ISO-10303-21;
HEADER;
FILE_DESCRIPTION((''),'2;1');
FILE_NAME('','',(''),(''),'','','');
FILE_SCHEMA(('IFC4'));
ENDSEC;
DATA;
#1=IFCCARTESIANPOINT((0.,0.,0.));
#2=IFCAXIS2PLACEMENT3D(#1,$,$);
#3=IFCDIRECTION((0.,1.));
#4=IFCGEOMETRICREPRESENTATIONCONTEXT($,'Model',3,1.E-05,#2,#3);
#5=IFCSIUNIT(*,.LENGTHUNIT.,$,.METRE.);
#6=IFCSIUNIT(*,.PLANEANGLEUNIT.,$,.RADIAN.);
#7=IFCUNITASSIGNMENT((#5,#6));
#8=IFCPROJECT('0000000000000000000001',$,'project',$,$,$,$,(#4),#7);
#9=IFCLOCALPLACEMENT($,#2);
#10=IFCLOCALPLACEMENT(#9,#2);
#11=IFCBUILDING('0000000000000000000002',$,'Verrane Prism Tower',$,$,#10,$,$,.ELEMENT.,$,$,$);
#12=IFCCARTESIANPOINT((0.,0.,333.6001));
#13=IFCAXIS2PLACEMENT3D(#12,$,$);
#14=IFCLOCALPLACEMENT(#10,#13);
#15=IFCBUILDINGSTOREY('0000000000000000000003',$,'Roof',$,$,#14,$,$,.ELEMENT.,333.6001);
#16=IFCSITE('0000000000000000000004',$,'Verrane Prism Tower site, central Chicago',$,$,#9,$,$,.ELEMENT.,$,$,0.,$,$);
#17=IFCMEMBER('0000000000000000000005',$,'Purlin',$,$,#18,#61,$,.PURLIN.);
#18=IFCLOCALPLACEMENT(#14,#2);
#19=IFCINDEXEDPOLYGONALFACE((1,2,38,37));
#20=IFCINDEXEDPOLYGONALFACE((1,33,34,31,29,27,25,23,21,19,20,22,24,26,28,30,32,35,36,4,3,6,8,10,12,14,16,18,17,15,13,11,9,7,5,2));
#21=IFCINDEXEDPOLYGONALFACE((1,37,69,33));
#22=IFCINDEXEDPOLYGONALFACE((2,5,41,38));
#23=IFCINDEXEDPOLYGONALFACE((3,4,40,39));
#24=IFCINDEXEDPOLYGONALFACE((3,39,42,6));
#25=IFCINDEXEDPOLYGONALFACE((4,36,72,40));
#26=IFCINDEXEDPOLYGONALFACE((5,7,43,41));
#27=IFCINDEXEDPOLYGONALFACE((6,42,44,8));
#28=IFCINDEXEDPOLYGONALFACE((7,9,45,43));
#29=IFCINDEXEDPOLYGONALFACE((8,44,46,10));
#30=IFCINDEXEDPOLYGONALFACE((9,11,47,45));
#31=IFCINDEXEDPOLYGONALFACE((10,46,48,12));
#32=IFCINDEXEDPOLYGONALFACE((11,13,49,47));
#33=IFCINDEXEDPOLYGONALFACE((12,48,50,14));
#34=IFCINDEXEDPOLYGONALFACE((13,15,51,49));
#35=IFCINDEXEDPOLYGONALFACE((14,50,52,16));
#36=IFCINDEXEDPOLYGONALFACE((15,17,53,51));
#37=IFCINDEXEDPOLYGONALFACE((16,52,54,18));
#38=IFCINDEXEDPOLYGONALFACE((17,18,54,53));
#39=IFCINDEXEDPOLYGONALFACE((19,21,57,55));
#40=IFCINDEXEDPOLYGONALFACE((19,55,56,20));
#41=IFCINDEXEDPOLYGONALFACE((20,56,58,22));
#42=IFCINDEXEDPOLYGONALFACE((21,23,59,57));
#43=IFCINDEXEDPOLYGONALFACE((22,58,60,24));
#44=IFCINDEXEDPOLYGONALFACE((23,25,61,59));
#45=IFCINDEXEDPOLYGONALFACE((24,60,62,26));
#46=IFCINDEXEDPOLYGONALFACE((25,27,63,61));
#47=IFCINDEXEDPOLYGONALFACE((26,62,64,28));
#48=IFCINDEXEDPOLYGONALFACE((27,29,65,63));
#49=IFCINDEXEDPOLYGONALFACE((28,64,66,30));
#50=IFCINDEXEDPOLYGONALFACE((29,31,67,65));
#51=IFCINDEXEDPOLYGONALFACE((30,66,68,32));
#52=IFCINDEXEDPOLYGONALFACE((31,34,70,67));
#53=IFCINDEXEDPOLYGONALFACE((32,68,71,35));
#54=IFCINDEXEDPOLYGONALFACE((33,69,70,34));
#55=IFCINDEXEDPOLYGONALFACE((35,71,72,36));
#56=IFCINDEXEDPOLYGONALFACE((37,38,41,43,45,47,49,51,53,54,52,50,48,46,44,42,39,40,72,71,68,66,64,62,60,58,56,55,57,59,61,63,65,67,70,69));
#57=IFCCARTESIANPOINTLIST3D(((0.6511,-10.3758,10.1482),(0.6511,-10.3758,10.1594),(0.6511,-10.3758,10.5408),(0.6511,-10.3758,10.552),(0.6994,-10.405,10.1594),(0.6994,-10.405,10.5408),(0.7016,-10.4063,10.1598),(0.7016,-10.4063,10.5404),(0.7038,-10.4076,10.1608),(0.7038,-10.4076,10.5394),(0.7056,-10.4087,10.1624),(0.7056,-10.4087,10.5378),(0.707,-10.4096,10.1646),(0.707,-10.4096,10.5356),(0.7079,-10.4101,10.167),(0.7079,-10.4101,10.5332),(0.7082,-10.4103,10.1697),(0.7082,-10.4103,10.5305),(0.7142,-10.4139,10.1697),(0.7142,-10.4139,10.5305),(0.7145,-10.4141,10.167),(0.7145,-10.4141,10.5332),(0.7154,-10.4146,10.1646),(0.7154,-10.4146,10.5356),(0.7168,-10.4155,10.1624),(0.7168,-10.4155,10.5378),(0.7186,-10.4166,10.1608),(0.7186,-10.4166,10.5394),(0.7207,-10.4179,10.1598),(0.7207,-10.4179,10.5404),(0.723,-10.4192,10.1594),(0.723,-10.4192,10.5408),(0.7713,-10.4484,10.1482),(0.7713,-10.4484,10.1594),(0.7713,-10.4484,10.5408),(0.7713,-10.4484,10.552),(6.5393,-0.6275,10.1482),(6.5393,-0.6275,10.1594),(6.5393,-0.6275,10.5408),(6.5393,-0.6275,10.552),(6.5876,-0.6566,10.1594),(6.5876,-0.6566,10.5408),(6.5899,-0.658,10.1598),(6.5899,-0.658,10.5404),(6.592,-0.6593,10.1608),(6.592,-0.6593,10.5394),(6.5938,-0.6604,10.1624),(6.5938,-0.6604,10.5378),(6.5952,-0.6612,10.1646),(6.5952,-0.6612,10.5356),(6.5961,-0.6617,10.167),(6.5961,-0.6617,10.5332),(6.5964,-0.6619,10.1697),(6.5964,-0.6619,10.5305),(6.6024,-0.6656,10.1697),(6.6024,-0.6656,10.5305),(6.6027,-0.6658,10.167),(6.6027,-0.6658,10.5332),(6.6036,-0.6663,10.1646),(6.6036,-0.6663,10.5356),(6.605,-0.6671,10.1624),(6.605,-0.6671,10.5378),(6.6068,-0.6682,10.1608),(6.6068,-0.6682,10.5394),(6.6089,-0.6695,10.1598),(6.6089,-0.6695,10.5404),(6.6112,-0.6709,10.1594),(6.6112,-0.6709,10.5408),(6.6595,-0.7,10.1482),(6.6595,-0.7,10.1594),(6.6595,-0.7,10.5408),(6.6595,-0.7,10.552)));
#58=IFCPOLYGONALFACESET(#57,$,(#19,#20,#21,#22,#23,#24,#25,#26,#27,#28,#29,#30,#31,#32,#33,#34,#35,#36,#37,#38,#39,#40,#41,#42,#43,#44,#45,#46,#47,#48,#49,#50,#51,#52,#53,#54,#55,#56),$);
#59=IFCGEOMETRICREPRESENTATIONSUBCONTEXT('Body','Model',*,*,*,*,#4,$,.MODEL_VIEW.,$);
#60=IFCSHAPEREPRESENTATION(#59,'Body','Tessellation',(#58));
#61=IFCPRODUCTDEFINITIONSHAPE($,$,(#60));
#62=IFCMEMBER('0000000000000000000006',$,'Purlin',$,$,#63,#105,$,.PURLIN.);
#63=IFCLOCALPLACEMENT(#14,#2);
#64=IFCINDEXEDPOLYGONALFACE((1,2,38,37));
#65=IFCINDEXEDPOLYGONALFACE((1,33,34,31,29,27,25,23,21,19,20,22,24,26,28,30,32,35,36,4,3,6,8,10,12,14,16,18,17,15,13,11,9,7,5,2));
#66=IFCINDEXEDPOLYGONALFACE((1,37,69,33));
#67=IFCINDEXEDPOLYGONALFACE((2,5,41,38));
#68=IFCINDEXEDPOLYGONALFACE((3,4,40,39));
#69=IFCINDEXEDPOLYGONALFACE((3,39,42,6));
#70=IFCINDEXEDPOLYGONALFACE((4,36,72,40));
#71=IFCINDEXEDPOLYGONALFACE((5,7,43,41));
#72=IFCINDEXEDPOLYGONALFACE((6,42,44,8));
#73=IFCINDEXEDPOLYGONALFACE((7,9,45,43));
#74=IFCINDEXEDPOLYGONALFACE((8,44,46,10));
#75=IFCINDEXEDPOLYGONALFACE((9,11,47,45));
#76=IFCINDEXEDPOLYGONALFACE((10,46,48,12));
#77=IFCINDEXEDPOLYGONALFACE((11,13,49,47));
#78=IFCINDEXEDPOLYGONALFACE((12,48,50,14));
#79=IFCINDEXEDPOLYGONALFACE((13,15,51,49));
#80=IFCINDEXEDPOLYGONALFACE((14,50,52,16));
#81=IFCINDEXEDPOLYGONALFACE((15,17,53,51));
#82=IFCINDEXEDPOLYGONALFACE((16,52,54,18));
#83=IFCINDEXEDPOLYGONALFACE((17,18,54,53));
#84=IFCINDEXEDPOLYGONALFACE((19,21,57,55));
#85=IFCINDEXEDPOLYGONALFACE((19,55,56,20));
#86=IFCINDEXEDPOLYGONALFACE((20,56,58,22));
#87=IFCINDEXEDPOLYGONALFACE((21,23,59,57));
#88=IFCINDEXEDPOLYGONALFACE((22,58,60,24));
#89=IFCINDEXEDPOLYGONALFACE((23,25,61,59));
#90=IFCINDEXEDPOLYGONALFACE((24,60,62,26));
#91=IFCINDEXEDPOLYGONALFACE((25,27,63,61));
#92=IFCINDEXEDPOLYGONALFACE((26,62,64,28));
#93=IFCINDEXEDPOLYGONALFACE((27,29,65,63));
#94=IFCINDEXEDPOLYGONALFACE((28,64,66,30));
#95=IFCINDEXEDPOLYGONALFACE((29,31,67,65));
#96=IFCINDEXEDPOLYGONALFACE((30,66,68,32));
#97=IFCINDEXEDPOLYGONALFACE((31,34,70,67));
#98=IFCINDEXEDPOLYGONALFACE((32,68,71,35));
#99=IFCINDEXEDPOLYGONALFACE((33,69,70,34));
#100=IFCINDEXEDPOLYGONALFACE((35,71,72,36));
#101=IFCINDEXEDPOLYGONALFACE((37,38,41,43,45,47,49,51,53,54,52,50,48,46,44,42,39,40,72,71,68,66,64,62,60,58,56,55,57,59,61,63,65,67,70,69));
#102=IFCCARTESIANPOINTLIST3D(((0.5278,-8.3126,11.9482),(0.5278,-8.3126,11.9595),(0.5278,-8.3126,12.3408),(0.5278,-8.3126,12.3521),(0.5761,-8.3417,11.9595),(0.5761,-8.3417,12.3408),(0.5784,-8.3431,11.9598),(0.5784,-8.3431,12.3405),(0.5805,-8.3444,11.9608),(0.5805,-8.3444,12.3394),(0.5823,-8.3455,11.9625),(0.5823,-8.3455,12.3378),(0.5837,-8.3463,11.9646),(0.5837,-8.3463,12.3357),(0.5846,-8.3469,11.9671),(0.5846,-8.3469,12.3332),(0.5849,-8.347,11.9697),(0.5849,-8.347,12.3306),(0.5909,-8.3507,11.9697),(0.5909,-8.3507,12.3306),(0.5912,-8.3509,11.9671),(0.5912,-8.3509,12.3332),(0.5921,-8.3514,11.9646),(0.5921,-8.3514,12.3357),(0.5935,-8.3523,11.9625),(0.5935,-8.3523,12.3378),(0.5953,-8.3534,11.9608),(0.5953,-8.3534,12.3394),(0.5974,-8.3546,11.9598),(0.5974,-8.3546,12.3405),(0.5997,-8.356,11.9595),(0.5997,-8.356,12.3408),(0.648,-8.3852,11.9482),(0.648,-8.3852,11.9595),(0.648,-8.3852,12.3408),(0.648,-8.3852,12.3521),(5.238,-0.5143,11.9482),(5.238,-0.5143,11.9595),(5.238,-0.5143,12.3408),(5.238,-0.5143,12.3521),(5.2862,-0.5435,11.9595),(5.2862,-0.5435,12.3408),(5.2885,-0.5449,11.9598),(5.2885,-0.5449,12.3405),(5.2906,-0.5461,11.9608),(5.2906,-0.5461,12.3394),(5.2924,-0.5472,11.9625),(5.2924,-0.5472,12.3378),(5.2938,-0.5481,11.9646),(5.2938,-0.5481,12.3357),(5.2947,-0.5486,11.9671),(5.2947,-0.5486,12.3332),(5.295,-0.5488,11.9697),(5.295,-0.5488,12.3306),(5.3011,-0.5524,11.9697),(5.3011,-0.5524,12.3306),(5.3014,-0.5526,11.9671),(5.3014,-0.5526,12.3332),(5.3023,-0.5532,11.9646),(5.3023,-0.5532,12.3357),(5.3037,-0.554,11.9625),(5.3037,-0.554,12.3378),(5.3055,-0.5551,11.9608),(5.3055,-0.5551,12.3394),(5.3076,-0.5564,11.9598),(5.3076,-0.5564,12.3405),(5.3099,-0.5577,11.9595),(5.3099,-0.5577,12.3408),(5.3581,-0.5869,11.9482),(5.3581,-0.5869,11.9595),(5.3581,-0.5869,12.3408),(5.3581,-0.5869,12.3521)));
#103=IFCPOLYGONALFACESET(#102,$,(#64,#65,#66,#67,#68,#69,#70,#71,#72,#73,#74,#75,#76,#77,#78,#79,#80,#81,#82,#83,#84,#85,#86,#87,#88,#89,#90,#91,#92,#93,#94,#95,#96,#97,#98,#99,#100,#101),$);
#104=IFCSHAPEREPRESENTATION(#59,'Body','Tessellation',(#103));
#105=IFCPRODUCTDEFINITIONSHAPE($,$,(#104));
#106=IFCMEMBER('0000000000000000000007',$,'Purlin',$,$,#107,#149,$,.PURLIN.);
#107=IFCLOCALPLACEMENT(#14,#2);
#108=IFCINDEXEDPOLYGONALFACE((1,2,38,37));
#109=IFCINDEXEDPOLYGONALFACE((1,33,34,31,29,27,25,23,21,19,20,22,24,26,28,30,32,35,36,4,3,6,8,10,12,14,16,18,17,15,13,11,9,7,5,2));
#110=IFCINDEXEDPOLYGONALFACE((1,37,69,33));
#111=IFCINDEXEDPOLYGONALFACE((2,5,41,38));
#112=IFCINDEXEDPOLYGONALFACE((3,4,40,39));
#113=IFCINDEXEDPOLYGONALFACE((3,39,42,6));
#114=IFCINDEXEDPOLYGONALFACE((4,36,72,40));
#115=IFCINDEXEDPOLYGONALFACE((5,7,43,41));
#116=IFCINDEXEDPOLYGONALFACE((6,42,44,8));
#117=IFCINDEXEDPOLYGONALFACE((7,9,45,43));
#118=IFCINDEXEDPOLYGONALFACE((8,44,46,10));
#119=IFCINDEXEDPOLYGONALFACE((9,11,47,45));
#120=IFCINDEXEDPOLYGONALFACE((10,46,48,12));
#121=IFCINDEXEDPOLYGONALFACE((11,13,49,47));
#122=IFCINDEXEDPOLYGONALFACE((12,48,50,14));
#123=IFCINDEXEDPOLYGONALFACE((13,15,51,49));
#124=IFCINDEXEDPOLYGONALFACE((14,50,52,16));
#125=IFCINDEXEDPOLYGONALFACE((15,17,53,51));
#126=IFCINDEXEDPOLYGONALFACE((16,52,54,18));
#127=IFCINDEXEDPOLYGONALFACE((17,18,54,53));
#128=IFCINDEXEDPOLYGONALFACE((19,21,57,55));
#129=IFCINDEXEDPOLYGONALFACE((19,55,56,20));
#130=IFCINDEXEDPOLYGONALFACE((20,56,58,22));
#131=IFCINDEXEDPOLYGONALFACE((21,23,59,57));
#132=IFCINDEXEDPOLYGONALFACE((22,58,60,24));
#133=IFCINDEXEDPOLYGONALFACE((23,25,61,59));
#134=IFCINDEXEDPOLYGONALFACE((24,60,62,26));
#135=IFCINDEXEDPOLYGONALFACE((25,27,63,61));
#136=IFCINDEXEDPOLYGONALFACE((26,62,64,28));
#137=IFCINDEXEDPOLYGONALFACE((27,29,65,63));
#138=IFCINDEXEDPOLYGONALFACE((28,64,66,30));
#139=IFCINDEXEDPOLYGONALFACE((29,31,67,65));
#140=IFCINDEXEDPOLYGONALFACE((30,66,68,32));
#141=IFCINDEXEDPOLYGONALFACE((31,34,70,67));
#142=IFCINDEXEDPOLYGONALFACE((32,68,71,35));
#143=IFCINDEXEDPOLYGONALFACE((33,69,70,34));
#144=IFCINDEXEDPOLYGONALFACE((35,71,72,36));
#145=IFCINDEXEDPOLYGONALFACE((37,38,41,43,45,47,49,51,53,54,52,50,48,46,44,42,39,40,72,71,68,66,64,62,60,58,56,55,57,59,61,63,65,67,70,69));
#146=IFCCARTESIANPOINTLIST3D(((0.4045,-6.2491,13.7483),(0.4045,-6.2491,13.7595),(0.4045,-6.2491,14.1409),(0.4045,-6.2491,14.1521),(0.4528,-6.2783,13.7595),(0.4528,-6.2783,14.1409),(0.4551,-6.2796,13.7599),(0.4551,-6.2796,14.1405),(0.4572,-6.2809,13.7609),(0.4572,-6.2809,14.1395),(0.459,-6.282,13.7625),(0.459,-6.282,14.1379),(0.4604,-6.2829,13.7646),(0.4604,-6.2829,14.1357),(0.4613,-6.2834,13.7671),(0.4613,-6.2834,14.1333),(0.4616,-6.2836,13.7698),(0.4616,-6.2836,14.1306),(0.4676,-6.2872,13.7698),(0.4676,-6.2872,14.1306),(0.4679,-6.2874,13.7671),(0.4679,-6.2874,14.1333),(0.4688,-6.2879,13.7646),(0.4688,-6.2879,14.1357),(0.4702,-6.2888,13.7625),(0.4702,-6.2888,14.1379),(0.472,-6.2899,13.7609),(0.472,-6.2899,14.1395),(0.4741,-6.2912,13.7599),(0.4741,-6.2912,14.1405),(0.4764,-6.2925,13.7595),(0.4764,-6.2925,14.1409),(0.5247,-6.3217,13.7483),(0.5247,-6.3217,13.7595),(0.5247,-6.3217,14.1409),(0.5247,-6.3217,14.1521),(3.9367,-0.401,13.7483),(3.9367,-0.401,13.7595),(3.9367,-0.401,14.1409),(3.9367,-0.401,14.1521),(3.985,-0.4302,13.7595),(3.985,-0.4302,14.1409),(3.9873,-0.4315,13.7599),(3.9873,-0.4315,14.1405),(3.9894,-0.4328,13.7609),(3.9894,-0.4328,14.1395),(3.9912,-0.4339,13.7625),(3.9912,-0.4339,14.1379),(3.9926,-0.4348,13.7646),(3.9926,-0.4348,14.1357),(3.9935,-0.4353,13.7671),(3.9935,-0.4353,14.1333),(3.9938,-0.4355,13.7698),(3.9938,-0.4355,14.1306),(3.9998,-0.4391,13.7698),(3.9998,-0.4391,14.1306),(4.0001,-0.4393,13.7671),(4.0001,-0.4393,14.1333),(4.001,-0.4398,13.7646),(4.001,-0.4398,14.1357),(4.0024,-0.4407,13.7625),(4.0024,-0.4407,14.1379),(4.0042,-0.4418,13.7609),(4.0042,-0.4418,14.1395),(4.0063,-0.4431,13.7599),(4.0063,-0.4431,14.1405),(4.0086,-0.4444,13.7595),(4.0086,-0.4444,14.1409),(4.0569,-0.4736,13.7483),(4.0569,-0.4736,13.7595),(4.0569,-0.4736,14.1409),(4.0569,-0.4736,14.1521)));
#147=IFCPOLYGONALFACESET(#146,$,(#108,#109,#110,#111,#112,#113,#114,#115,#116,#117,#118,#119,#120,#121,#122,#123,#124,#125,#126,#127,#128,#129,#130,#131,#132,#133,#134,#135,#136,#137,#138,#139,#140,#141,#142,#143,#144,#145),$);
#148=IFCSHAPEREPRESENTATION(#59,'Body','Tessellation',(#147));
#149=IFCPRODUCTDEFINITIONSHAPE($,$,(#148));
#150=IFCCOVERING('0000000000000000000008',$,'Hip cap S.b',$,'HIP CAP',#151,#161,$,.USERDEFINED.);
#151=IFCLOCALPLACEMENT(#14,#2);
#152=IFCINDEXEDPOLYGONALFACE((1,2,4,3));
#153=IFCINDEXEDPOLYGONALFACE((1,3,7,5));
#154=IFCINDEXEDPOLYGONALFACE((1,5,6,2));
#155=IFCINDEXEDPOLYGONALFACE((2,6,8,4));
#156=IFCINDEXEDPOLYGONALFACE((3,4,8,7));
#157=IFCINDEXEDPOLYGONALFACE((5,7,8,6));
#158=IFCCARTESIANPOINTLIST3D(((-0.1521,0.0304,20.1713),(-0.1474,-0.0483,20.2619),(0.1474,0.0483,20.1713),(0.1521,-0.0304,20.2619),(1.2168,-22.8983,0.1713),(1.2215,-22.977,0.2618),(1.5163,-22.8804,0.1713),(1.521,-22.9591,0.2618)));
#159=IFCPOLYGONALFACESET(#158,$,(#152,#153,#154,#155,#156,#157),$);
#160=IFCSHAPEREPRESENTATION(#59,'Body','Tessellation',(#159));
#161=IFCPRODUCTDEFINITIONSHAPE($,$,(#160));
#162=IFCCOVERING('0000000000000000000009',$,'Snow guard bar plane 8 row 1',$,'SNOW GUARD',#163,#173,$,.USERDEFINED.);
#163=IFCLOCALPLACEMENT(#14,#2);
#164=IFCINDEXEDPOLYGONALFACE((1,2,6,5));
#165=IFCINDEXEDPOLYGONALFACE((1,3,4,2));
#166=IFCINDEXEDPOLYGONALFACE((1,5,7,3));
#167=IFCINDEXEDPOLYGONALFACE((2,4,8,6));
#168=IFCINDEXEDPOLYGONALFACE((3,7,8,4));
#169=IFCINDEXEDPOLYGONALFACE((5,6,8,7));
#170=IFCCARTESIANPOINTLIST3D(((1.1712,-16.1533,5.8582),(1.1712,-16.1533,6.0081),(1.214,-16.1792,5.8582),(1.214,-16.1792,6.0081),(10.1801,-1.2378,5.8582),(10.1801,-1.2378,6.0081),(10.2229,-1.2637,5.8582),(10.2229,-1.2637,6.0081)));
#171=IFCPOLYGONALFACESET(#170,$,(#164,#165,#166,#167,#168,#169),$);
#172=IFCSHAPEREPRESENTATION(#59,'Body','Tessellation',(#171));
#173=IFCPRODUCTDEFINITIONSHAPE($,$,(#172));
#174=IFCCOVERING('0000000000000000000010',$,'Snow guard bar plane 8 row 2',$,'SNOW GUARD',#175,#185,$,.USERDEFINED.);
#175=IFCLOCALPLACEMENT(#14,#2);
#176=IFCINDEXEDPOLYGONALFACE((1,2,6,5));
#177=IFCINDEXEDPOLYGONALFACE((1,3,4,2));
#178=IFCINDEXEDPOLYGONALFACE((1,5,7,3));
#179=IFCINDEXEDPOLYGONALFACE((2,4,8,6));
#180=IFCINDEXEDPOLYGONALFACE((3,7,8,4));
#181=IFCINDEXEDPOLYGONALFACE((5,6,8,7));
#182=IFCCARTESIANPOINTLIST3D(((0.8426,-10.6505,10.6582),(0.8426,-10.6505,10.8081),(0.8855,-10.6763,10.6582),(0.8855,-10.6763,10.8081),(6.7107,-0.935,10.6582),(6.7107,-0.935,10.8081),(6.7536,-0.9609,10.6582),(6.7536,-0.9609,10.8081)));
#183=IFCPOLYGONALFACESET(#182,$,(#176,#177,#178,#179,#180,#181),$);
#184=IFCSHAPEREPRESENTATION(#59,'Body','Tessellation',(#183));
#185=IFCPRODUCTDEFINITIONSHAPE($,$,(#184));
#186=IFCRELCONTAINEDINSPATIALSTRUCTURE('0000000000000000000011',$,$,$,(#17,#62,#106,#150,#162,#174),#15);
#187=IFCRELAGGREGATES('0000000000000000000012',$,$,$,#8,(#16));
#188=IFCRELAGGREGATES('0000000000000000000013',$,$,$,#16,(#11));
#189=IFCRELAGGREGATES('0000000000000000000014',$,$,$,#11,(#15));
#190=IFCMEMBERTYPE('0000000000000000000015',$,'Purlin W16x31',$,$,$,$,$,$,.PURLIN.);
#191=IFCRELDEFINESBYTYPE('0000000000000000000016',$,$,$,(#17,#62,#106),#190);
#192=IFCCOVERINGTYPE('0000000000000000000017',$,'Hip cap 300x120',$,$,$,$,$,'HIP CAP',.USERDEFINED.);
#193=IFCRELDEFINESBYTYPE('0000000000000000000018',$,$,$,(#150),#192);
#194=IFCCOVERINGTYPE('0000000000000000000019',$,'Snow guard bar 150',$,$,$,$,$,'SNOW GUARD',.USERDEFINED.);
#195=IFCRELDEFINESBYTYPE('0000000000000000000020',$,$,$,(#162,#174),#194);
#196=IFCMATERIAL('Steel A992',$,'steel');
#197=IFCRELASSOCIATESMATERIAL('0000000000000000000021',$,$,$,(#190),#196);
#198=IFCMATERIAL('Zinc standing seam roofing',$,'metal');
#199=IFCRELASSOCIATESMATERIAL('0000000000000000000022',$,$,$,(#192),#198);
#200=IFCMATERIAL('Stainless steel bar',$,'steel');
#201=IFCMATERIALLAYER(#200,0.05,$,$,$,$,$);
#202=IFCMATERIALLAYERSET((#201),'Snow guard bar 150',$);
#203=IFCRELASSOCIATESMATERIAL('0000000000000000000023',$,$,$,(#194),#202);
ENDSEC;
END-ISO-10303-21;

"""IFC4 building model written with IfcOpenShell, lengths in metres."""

from ifc_helpers import new_model, si_unit, direction, frame, origin, origin_2d, place, context, subcontext, project, spatial, rectangle, i_section, extrude, material, layer, layer_set, material_profile, profile_set, type_object, element, save


model = new_model("IFC4")

# Units and contexts
model_context = context("Model", 3, precision=1e-05, world=origin(), true_north=direction((0.0, 1.0)))
body_context = subcontext(model_context, "Body", "Model", "MODEL_VIEW")
ifc_project = project(units=[si_unit("LENGTHUNIT", "METRE"), si_unit("PLANEANGLEUNIT", "RADIAN")], contexts=[model_context])

# Site, building, storey
site_placement = place(None, origin())
site = spatial("IfcSite", under=ifc_project, at=site_placement, Name="Verrane Prism Tower site, central Chicago", CompositionType="ELEMENT", RefElevation=0.0)
building_placement = place(site_placement, origin())
building = spatial("IfcBuilding", under=site, at=building_placement, Name="Verrane Prism Tower", CompositionType="ELEMENT")
storey_placement = place(building_placement, frame((0.0, 0.0, 333.6001)))
storey = spatial("IfcBuildingStorey", under=building, at=storey_placement, Name="Roof", CompositionType="ELEMENT", Elevation=333.6001)

# Members
ifc_material_1 = material(Name="Steel A992", Category="steel")
ifc_material_profile_1 = material_profile(ifc_material_1, i_section(OverallWidth=0.1404, OverallDepth=0.4038, WebThickness=0.0071, FlangeThickness=0.0112, FilletRadius=0.0103, at=origin_2d()), Name="W16x31")
ifc_profile_set_1 = profile_set([ifc_material_profile_1], Name="Steel A992")
member_type_1 = type_object("IfcMemberType", Name="Purlin W16x31", PredefinedType="PURLIN", material=ifc_profile_set_1)
member_1_placement = place(storey_placement, frame((0.7112, -10.4121, 10.3501), z_axis=(0.517025, 0.85597, 0.0), x_axis=(-0.85597, 0.517025, 0.0)))
element("IfcMember", 1, at=member_1_placement, inside=storey, type_object=member_type_1, Name="Purlin", PredefinedType="PURLIN", context=body_context, shape_type="SweptSolid", body=[
    extrude(i_section(OverallWidth=0.1404, OverallDepth=0.4038, WebThickness=0.0071, FlangeThickness=0.0112, FilletRadius=0.0103, at=origin_2d()), origin(), (0.0, 0.0, 1.0), 11.3887),
])
member_2_placement = place(storey_placement, frame((0.5879, -8.3489, 12.1501), z_axis=(0.517012, 0.855978, 0.0), x_axis=(-0.855978, 0.517012, 0.0)))
element("IfcMember", 2, at=member_2_placement, inside=storey, type_object=member_type_1, Name="Purlin", PredefinedType="PURLIN", context=body_context, shape_type="SweptSolid", body=[
    extrude(i_section(OverallWidth=0.1404, OverallDepth=0.4038, WebThickness=0.0071, FlangeThickness=0.0112, FilletRadius=0.0103, at=origin_2d()), origin(), (0.0, 0.0, 1.0), 9.1104),
])
member_3_placement = place(storey_placement, frame((0.4646, -6.2854, 13.9502), z_axis=(0.517005, 0.855982, 0.0), x_axis=(-0.855982, 0.517005, 0.0)))
element("IfcMember", 3, at=member_3_placement, inside=storey, type_object=member_type_1, Name="Purlin", PredefinedType="PURLIN", context=body_context, shape_type="SweptSolid", body=[
    extrude(i_section(OverallWidth=0.1404, OverallDepth=0.4038, WebThickness=0.0071, FlangeThickness=0.0112, FilletRadius=0.0103, at=origin_2d()), origin(), (0.0, 0.0, 1.0), 6.832),
])

# Coverings
ifc_material_2 = material(Name="Zinc standing seam roofing", Category="metal")
ifc_material_profile_2 = material_profile(ifc_material_2, rectangle(XDim=0.3, YDim=0.1201, at=origin_2d()), Name="Hip cap 300x120")
ifc_profile_set_2 = profile_set([ifc_material_profile_2], Name="Zinc standing seam roofing")
covering_type_1 = type_object("IfcCoveringType", Name="Hip cap 300x120", ElementType="HIP CAP", PredefinedType="USERDEFINED", material=ifc_profile_set_2)
covering_1_placement = place(storey_placement, frame((1.3689, -22.9287, 0.2166), z_axis=(-0.044946, 0.752834, 0.656674), x_axis=(-0.998223, -0.059596, 0.0)))
element("IfcCovering", 4, at=covering_1_placement, inside=storey, type_object=covering_type_1, Name="Hip cap S.b", ObjectType="HIP CAP", PredefinedType="USERDEFINED", context=body_context, shape_type="SweptSolid", body=[
    extrude(rectangle(XDim=0.3, YDim=0.1201, at=origin_2d()), origin(), (0.0, 0.0, 1.0), 30.4565),
])
ifc_material_3 = material(Name="Stainless steel bar", Category="steel")
ifc_layer_1 = layer(ifc_material_3, 0.05)
ifc_layer_set_1 = layer_set([ifc_layer_1], Name="Snow guard bar 150")
covering_type_2 = type_object("IfcCoveringType", Name="Snow guard bar 150", ElementType="SNOW GUARD", PredefinedType="USERDEFINED", material=ifc_layer_set_1)
covering_2_placement = place(storey_placement, frame((5.697, -8.7085, 5.8582), z_axis=(0.0, 0.0, 1.0), x_axis=(0.517008, 0.85598, 0.0)))
element("IfcCovering", 5, at=covering_2_placement, inside=storey, type_object=covering_type_2, Name="Snow guard bar plane 8 row 1", ObjectType="SNOW GUARD", PredefinedType="USERDEFINED", context=body_context, shape_type="SweptSolid", body=[
    extrude(rectangle(XDim=17.425, YDim=0.05, at=origin_2d()), origin(), (0.0, 0.0, 1.0), 0.1499),
])
covering_3_placement = place(storey_placement, frame((3.7981, -5.8057, 10.6582), z_axis=(0.0, 0.0, 1.0), x_axis=(0.517008, 0.85598, 0.0)))
element("IfcCovering", 6, at=covering_3_placement, inside=storey, type_object=covering_type_2, Name="Snow guard bar plane 8 row 2", ObjectType="SNOW GUARD", PredefinedType="USERDEFINED", context=body_context, shape_type="SweptSolid", body=[
    extrude(rectangle(XDim=11.3501, YDim=0.05, at=origin_2d()), origin(), (0.0, 0.0, 1.0), 0.1499),
])

save(model, "model.ifc")
